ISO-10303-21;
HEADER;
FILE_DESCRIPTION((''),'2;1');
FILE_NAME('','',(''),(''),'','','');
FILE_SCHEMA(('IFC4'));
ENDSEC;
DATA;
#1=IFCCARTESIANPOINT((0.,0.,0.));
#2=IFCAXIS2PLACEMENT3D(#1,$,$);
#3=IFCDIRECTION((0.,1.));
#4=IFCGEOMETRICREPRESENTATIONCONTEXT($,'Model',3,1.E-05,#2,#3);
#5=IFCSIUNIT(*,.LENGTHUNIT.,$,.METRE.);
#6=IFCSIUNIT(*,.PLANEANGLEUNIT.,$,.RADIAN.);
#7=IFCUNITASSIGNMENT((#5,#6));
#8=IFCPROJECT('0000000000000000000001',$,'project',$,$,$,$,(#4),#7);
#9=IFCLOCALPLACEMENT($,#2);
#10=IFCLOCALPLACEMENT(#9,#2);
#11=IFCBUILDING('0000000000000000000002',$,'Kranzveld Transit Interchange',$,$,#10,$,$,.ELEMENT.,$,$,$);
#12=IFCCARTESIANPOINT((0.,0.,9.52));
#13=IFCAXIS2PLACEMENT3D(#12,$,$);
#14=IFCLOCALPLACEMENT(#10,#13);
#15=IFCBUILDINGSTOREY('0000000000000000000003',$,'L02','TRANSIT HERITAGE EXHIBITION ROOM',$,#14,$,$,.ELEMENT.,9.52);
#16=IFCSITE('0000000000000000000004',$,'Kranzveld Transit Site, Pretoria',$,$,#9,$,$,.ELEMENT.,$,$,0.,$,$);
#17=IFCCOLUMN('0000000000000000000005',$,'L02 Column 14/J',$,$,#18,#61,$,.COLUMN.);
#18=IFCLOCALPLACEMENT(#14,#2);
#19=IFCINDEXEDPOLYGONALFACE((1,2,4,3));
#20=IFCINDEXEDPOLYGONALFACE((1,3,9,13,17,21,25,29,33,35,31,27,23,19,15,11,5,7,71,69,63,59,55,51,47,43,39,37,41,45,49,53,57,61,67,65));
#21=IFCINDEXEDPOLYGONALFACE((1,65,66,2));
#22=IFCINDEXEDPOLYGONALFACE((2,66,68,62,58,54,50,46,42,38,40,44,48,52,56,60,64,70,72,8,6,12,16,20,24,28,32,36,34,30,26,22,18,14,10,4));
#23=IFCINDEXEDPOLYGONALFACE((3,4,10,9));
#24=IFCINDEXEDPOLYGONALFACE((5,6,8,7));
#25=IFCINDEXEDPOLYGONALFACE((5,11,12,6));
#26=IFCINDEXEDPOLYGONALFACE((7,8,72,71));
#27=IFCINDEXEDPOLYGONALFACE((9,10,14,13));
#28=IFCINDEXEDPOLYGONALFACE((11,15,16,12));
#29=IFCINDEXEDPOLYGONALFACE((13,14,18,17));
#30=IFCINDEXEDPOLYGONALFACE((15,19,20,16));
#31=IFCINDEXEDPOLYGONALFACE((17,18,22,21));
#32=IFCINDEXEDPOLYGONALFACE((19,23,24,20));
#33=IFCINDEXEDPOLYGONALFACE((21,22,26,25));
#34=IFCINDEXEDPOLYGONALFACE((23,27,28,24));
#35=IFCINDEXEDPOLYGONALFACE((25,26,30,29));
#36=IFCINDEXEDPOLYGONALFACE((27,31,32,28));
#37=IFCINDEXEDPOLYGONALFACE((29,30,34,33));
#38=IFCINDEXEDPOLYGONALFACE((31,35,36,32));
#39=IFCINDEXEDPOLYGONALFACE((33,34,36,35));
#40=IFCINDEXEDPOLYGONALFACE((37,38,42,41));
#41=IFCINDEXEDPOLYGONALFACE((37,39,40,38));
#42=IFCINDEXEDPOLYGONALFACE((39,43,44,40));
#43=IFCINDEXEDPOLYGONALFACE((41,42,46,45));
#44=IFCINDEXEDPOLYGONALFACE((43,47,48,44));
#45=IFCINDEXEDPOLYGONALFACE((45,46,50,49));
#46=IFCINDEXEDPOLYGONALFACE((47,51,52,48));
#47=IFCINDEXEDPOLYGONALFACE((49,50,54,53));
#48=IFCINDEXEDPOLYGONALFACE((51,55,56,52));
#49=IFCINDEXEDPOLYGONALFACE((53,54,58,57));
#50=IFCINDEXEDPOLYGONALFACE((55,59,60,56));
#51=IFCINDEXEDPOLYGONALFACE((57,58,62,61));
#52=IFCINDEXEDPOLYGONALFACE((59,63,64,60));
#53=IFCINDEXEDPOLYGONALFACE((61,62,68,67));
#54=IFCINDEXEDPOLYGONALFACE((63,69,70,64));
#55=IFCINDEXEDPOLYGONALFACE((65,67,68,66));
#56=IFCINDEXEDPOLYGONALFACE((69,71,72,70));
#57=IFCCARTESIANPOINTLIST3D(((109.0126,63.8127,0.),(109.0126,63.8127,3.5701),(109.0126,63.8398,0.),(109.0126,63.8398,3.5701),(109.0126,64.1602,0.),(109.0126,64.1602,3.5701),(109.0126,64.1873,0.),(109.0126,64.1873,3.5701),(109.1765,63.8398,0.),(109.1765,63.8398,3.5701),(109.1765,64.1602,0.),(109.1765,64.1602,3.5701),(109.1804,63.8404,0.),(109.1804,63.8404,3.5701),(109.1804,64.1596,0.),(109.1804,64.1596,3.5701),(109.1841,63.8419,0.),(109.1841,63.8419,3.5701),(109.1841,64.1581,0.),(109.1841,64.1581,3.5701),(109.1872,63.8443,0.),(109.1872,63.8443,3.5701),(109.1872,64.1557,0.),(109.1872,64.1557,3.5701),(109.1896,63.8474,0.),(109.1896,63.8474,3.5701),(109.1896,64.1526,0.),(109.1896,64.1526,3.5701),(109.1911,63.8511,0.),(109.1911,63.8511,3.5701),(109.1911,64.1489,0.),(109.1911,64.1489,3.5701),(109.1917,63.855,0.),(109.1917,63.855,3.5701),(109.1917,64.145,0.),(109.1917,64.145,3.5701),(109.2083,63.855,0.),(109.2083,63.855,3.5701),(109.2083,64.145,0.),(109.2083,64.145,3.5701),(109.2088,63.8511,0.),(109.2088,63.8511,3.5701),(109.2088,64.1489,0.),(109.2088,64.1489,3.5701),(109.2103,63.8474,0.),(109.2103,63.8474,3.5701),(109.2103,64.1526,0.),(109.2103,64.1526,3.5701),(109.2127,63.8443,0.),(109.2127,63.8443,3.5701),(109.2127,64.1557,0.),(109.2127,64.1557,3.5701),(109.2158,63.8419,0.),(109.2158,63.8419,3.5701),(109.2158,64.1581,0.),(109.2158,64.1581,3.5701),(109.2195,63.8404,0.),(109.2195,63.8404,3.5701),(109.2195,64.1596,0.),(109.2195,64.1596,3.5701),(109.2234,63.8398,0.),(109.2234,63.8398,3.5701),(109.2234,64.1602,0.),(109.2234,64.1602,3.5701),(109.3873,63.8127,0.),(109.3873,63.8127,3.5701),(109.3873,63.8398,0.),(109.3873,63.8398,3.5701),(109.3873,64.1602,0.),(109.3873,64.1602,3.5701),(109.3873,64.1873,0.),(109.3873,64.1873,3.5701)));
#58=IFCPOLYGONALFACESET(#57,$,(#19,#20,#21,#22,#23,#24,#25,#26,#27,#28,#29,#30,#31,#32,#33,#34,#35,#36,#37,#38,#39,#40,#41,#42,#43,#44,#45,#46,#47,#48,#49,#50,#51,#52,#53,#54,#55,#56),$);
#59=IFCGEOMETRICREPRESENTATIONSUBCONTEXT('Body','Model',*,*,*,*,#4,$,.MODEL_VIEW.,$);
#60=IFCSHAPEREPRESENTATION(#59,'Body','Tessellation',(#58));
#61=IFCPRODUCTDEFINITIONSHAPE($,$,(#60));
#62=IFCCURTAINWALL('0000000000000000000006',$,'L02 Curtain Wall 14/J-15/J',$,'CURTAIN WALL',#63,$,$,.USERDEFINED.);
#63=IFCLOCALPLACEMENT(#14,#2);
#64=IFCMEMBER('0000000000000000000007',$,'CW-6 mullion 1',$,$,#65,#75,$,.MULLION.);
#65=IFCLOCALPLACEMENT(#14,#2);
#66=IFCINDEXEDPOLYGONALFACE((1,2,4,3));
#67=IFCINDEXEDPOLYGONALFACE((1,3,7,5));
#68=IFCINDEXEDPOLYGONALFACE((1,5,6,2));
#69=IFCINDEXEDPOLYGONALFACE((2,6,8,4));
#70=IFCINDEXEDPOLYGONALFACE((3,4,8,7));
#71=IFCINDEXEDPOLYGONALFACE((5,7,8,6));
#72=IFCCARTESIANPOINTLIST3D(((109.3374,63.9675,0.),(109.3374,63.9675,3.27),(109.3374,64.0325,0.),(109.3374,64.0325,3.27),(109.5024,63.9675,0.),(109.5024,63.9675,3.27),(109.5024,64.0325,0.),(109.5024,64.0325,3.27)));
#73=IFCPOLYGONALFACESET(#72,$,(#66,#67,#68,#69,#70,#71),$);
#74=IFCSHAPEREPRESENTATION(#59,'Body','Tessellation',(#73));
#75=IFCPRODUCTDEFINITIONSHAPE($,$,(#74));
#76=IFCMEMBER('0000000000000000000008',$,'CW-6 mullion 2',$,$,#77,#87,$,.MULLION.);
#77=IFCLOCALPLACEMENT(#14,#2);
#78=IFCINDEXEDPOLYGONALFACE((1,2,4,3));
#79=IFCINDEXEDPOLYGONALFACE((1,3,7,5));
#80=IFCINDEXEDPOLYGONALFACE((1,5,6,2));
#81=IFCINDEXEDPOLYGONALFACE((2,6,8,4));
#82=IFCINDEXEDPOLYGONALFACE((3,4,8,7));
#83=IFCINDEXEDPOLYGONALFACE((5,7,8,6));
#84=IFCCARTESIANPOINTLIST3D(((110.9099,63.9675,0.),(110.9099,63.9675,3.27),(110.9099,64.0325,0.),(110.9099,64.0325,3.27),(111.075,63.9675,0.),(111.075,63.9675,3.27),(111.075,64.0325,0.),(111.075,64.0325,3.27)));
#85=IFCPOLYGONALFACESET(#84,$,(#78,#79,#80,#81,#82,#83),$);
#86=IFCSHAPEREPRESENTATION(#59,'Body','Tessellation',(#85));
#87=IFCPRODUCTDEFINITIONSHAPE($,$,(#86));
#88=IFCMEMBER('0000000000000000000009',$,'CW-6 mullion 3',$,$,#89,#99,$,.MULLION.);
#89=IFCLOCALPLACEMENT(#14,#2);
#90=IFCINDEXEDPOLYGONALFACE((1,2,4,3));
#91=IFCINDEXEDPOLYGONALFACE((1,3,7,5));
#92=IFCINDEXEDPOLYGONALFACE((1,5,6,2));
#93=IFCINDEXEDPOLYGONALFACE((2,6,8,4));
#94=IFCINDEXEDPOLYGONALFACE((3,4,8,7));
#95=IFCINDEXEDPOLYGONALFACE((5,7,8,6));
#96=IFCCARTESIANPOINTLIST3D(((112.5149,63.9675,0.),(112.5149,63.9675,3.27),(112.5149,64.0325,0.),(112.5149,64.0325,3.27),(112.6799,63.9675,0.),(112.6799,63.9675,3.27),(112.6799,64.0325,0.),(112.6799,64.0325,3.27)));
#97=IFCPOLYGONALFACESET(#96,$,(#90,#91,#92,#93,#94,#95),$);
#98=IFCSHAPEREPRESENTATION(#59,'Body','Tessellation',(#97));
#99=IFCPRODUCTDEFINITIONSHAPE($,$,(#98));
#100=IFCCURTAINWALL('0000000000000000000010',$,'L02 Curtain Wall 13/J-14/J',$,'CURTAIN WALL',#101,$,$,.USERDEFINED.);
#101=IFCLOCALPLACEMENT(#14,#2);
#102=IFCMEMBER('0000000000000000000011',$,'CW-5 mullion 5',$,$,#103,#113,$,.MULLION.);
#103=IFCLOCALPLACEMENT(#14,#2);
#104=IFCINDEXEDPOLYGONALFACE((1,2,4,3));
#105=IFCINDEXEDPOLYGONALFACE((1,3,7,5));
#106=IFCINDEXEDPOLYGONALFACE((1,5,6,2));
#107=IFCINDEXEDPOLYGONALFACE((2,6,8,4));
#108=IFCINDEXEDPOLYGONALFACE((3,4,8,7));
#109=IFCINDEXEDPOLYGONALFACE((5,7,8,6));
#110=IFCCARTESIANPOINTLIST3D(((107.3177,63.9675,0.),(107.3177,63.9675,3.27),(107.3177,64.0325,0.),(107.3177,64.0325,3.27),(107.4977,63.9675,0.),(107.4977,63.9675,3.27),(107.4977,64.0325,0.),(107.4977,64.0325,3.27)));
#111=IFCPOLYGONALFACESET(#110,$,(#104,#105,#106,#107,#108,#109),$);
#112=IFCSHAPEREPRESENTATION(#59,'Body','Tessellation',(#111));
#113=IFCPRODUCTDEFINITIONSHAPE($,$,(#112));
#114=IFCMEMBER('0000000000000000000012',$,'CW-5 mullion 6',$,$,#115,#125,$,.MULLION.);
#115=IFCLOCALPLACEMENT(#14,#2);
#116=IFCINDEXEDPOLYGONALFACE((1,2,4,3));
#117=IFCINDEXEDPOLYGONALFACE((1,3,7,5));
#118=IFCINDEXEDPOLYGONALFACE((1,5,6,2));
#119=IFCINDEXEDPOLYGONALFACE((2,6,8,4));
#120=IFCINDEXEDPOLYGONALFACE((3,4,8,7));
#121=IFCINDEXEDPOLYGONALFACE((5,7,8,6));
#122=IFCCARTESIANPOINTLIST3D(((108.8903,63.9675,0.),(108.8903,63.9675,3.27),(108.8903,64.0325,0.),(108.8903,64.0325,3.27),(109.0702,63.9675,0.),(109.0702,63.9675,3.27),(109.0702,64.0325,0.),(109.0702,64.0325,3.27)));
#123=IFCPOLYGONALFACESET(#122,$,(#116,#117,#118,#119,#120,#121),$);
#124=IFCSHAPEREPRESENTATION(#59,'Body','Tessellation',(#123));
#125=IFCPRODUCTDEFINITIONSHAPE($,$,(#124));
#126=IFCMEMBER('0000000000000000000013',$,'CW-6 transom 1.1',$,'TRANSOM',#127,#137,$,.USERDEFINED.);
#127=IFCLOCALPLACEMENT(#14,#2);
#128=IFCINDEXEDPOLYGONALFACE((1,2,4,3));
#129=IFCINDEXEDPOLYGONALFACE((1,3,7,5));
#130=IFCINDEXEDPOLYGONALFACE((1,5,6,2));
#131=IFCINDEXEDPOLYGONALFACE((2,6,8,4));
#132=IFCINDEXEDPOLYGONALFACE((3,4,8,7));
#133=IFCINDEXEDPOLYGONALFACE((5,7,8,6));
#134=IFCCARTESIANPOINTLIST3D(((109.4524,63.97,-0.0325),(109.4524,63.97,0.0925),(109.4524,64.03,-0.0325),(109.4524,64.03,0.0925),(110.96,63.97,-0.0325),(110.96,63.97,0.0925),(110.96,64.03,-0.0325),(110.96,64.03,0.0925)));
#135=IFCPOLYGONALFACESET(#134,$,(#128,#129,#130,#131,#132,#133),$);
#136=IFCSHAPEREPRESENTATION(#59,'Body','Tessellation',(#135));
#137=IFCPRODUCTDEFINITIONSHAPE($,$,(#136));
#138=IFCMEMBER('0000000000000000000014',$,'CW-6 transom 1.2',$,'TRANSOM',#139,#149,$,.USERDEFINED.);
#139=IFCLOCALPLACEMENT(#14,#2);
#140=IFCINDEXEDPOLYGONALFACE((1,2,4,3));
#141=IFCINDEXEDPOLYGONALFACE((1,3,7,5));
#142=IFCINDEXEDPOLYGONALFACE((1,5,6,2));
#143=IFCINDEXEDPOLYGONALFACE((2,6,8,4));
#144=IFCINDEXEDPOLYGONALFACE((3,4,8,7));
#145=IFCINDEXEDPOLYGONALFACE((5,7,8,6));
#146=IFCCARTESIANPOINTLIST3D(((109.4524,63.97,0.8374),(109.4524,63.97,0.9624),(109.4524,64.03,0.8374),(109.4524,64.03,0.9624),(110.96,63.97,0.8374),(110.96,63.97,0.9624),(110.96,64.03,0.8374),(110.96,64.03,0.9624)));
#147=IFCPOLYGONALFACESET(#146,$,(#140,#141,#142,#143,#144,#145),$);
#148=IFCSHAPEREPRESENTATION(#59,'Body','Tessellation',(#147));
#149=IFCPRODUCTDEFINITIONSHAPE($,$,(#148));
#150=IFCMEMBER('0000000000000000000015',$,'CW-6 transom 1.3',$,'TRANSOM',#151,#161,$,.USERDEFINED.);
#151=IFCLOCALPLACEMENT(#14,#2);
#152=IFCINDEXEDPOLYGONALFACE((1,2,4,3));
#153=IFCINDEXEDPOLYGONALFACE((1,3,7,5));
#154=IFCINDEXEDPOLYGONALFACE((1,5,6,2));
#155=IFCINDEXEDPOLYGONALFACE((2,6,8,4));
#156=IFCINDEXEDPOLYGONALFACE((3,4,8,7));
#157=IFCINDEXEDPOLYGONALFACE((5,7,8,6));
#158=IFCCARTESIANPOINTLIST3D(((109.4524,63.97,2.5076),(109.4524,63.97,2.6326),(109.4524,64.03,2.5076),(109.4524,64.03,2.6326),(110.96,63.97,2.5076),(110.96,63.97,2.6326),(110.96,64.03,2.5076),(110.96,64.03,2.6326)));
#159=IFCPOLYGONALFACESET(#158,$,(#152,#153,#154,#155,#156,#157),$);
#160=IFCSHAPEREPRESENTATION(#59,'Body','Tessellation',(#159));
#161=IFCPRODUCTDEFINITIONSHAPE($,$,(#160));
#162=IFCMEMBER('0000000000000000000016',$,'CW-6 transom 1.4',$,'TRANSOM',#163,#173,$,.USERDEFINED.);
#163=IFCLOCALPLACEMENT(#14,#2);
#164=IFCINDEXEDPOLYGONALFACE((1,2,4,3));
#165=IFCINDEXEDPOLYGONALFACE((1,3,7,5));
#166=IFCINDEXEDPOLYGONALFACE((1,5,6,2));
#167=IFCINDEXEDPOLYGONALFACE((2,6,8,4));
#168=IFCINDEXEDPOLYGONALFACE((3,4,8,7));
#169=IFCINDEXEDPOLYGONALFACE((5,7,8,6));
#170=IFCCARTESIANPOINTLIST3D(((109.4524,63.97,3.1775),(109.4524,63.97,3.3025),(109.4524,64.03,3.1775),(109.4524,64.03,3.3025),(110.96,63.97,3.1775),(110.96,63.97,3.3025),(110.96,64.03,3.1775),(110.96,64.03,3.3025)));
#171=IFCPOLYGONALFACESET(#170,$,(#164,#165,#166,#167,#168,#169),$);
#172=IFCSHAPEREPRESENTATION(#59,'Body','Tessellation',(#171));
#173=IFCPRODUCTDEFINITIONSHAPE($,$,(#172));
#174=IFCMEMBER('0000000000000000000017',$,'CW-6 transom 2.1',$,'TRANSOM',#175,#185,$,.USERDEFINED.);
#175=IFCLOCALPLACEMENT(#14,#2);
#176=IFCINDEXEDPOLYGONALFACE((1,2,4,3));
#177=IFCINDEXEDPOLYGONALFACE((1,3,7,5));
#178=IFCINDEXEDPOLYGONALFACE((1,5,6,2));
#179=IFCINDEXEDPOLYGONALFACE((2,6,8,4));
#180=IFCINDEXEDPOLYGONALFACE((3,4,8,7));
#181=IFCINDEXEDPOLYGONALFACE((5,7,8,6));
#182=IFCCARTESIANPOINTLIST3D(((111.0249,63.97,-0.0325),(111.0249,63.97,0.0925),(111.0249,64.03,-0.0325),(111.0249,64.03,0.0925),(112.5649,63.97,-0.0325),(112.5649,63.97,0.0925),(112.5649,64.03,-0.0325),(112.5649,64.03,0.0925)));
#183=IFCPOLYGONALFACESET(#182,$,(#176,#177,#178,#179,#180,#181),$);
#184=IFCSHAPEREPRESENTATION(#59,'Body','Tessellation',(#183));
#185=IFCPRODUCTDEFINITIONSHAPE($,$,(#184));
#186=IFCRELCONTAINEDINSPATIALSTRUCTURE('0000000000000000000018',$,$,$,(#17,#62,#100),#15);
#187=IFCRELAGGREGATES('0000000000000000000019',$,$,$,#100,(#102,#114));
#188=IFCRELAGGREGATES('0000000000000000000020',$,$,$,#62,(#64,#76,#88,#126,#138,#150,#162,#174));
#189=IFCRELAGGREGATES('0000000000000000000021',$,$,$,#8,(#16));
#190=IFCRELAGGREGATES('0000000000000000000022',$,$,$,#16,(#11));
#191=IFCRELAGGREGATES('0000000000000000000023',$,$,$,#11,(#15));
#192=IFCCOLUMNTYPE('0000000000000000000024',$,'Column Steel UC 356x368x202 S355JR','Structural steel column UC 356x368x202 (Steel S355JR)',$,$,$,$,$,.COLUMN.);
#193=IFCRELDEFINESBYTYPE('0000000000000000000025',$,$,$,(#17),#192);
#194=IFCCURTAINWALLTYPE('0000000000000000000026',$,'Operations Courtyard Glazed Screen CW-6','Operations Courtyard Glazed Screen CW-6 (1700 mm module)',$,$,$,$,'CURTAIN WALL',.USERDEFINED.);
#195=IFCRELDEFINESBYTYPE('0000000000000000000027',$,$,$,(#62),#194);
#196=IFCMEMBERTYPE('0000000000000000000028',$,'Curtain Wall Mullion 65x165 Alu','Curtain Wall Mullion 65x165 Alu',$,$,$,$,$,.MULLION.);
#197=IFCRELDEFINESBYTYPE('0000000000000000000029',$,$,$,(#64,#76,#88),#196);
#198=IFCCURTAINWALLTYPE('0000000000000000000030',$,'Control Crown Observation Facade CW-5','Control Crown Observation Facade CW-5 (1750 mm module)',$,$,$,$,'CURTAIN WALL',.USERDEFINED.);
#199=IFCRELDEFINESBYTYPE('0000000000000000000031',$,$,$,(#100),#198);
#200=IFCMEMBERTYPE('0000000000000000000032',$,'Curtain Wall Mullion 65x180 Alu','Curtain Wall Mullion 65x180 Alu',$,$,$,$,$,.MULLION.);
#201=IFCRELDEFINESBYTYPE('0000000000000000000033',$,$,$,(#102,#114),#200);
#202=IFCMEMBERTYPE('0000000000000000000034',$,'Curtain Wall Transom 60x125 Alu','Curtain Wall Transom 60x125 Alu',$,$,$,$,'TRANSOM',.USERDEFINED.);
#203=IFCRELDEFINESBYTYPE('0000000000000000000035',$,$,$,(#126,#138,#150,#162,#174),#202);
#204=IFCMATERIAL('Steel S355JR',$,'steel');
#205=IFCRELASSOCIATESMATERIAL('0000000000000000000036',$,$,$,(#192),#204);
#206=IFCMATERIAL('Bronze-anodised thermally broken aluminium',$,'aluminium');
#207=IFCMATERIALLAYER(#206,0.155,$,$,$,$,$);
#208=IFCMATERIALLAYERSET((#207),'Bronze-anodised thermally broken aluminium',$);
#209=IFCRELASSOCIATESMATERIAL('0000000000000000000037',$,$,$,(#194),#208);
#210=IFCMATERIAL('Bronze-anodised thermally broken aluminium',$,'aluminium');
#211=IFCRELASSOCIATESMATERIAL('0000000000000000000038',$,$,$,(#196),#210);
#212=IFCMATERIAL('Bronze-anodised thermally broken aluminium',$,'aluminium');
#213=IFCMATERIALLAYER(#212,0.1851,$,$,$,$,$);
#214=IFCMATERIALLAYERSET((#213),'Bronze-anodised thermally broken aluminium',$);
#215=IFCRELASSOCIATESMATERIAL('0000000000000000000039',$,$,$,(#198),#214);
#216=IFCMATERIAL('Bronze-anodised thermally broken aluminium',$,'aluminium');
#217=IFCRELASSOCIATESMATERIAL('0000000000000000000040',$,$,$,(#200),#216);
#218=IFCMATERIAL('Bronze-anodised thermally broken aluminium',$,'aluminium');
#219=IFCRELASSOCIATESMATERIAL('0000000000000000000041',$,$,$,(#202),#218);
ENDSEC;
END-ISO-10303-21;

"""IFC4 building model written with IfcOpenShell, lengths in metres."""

from ifc_helpers import new_model, si_unit, direction, frame, origin, origin_2d, place, context, subcontext, project, spatial, rectangle, i_section, extrude, material, layer, layer_set, material_profile, profile_set, type_object, element, aggregate, save


model = new_model("IFC4")

# Units and contexts
model_context = context("Model", 3, precision=1e-05, world=origin(), true_north=direction((0.0, 1.0)))
body_context = subcontext(model_context, "Body", "Model", "MODEL_VIEW")
ifc_project = project(units=[si_unit("LENGTHUNIT", "METRE"), si_unit("PLANEANGLEUNIT", "RADIAN")], contexts=[model_context])

# Site, building, storey
site_placement = place(None, origin())
site = spatial("IfcSite", under=ifc_project, at=site_placement, Name="Kranzveld Transit Site, Pretoria", CompositionType="ELEMENT", RefElevation=0.0)
building_placement = place(site_placement, origin())
building = spatial("IfcBuilding", under=site, at=building_placement, Name="Kranzveld Transit Interchange", CompositionType="ELEMENT")
storey_placement = place(building_placement, frame((0.0, 0.0, 9.52)))
storey = spatial("IfcBuildingStorey", under=building, at=storey_placement, Name="L02", Description="TRANSIT HERITAGE EXHIBITION ROOM", CompositionType="ELEMENT", Elevation=9.52)

# Column
ifc_material_1 = material(Name="Steel S355JR", Category="steel")
ifc_material_profile_1 = material_profile(ifc_material_1, i_section(OverallWidth=0.3748, OverallDepth=0.3745, WebThickness=0.0166, FlangeThickness=0.0271, FilletRadius=0.0151, at=origin_2d()), Name="UC 356x368x202")
ifc_profile_set_1 = profile_set([ifc_material_profile_1], Name="Steel S355JR")
column_type = type_object("IfcColumnType", Name="Column Steel UC 356x368x202 S355JR", Description="Structural steel column UC 356x368x202 (Steel S355JR)", PredefinedType="COLUMN", material=ifc_profile_set_1)
column_placement = place(storey_placement, frame((109.2, 64.0, 0.0), z_axis=(0.0, 0.0, 1.0), x_axis=(1.0, 0.0, 0.0)))
element("IfcColumn", 1, at=column_placement, inside=storey, type_object=column_type, Name="L02 Column 14/J", PredefinedType="COLUMN", context=body_context, shape_type="SweptSolid", body=[
    extrude(i_section(OverallWidth=0.3748, OverallDepth=0.3745, WebThickness=0.0166, FlangeThickness=0.0271, FilletRadius=0.0151, at=origin_2d()), origin(), (0.0, 0.0, 1.0), 3.5701),
])

# Curtain walls, members
ifc_material_2 = material(Name="Bronze-anodised thermally broken aluminium", Category="aluminium")
ifc_layer_1 = layer(ifc_material_2, 0.155)
ifc_layer_set_1 = layer_set([ifc_layer_1], Name="Bronze-anodised thermally broken aluminium")
curtain_wall_type_1 = type_object("IfcCurtainWallType", Name="Operations Courtyard Glazed Screen CW-6", Description="Operations Courtyard Glazed Screen CW-6 (1700 mm module)", ElementType="CURTAIN WALL", PredefinedType="USERDEFINED", material=ifc_layer_set_1)
curtain_wall_1_placement = place(storey_placement, origin())
curtain_wall_1 = element("IfcCurtainWall", 2, at=curtain_wall_1_placement, inside=storey, type_object=curtain_wall_type_1, Name="L02 Curtain Wall 14/J-15/J", ObjectType="CURTAIN WALL", PredefinedType="USERDEFINED")
ifc_material_3 = material(Name="Bronze-anodised thermally broken aluminium", Category="aluminium")
ifc_material_profile_2 = material_profile(ifc_material_3, rectangle(XDim=0.0649, YDim=0.165, at=origin_2d()), Name="ALU MULLION 65x165")
ifc_profile_set_2 = profile_set([ifc_material_profile_2], Name="Bronze-anodised thermally broken aluminium")
member_type_1 = type_object("IfcMemberType", Name="Curtain Wall Mullion 65x165 Alu", Description="Curtain Wall Mullion 65x165 Alu", PredefinedType="MULLION", material=ifc_profile_set_2)
member_1_placement = place(storey_placement, frame((109.4199, 64.0, 0.0), z_axis=(0.0, 0.0, 1.0), x_axis=(0.0, 1.0, 0.0)))
member_1 = element("IfcMember", 3, at=member_1_placement, type_object=member_type_1, Name="CW-6 mullion 1", PredefinedType="MULLION", context=body_context, shape_type="SweptSolid", body=[
    extrude(rectangle(XDim=0.0649, YDim=0.165, at=origin_2d()), origin(), (0.0, 0.0, 1.0), 3.27),
])
member_2_placement = place(storey_placement, frame((110.9924, 64.0, 0.0), z_axis=(0.0, 0.0, 1.0), x_axis=(0.0, 1.0, 0.0)))
member_2 = element("IfcMember", 4, at=member_2_placement, type_object=member_type_1, Name="CW-6 mullion 2", PredefinedType="MULLION", context=body_context, shape_type="SweptSolid", body=[
    extrude(rectangle(XDim=0.0649, YDim=0.165, at=origin_2d()), origin(), (0.0, 0.0, 1.0), 3.27),
])
member_3_placement = place(storey_placement, frame((112.5974, 64.0, 0.0), z_axis=(0.0, 0.0, 1.0), x_axis=(0.0, 1.0, 0.0)))
member_3 = element("IfcMember", 5, at=member_3_placement, type_object=member_type_1, Name="CW-6 mullion 3", PredefinedType="MULLION", context=body_context, shape_type="SweptSolid", body=[
    extrude(rectangle(XDim=0.0649, YDim=0.165, at=origin_2d()), origin(), (0.0, 0.0, 1.0), 3.27),
])
ifc_material_4 = material(Name="Bronze-anodised thermally broken aluminium", Category="aluminium")
ifc_layer_2 = layer(ifc_material_4, 0.1851)
ifc_layer_set_2 = layer_set([ifc_layer_2], Name="Bronze-anodised thermally broken aluminium")
curtain_wall_type_2 = type_object("IfcCurtainWallType", Name="Control Crown Observation Facade CW-5", Description="Control Crown Observation Facade CW-5 (1750 mm module)", ElementType="CURTAIN WALL", PredefinedType="USERDEFINED", material=ifc_layer_set_2)
curtain_wall_2_placement = place(storey_placement, origin())
curtain_wall_2 = element("IfcCurtainWall", 6, at=curtain_wall_2_placement, inside=storey, type_object=curtain_wall_type_2, Name="L02 Curtain Wall 13/J-14/J", ObjectType="CURTAIN WALL", PredefinedType="USERDEFINED")
ifc_material_5 = material(Name="Bronze-anodised thermally broken aluminium", Category="aluminium")
ifc_material_profile_3 = material_profile(ifc_material_5, rectangle(XDim=0.0649, YDim=0.1799, at=origin_2d()), Name="ALU MULLION 65x180")
ifc_profile_set_3 = profile_set([ifc_material_profile_3], Name="Bronze-anodised thermally broken aluminium")
member_type_2 = type_object("IfcMemberType", Name="Curtain Wall Mullion 65x180 Alu", Description="Curtain Wall Mullion 65x180 Alu", PredefinedType="MULLION", material=ifc_profile_set_3)
member_4_placement = place(storey_placement, frame((107.4077, 64.0, 0.0), z_axis=(0.0, 0.0, 1.0), x_axis=(0.0, 1.0, 0.0)))
member_4 = element("IfcMember", 7, at=member_4_placement, type_object=member_type_2, Name="CW-5 mullion 5", PredefinedType="MULLION", context=body_context, shape_type="SweptSolid", body=[
    extrude(rectangle(XDim=0.0649, YDim=0.1799, at=origin_2d()), origin(), (0.0, 0.0, 1.0), 3.27),
])
member_5_placement = place(storey_placement, frame((108.9802, 64.0, 0.0), z_axis=(0.0, 0.0, 1.0), x_axis=(0.0, 1.0, 0.0)))
member_5 = element("IfcMember", 8, at=member_5_placement, type_object=member_type_2, Name="CW-5 mullion 6", PredefinedType="MULLION", context=body_context, shape_type="SweptSolid", body=[
    extrude(rectangle(XDim=0.0649, YDim=0.1799, at=origin_2d()), origin(), (0.0, 0.0, 1.0), 3.27),
])

# Members
ifc_material_6 = material(Name="Bronze-anodised thermally broken aluminium", Category="aluminium")
ifc_material_profile_4 = material_profile(ifc_material_6, rectangle(XDim=0.0601, YDim=0.125, at=origin_2d()), Name="ALU TRANSOM 60x125")
ifc_profile_set_4 = profile_set([ifc_material_profile_4], Name="Bronze-anodised thermally broken aluminium")
member_type_3 = type_object("IfcMemberType", Name="Curtain Wall Transom 60x125 Alu", Description="Curtain Wall Transom 60x125 Alu", ElementType="TRANSOM", PredefinedType="USERDEFINED", material=ifc_profile_set_4)
member_6_placement = place(storey_placement, frame((109.4524, 64.0, 0.03), z_axis=(1.0, 0.0, 0.0), x_axis=(0.0, 1.0, 0.0)))
member_6 = element("IfcMember", 9, at=member_6_placement, type_object=member_type_3, Name="CW-6 transom 1.1", ObjectType="TRANSOM", PredefinedType="USERDEFINED", context=body_context, shape_type="SweptSolid", body=[
    extrude(rectangle(XDim=0.0601, YDim=0.125, at=origin_2d()), origin(), (0.0, 0.0, 1.0), 1.5076),
])
member_7_placement = place(storey_placement, frame((109.4524, 64.0, 0.8999), z_axis=(1.0, 0.0, 0.0), x_axis=(0.0, 1.0, 0.0)))
member_7 = element("IfcMember", 10, at=member_7_placement, type_object=member_type_3, Name="CW-6 transom 1.2", ObjectType="TRANSOM", PredefinedType="USERDEFINED", context=body_context, shape_type="SweptSolid", body=[
    extrude(rectangle(XDim=0.0601, YDim=0.125, at=origin_2d()), origin(), (0.0, 0.0, 1.0), 1.5076),
])
member_8_placement = place(storey_placement, frame((109.4524, 64.0, 2.5701), z_axis=(1.0, 0.0, 0.0), x_axis=(0.0, 1.0, 0.0)))
member_8 = element("IfcMember", 11, at=member_8_placement, type_object=member_type_3, Name="CW-6 transom 1.3", ObjectType="TRANSOM", PredefinedType="USERDEFINED", context=body_context, shape_type="SweptSolid", body=[
    extrude(rectangle(XDim=0.0601, YDim=0.125, at=origin_2d()), origin(), (0.0, 0.0, 1.0), 1.5076),
])
member_9_placement = place(storey_placement, frame((109.4524, 64.0, 3.24), z_axis=(1.0, 0.0, 0.0), x_axis=(0.0, 1.0, 0.0)))
member_9 = element("IfcMember", 12, at=member_9_placement, type_object=member_type_3, Name="CW-6 transom 1.4", ObjectType="TRANSOM", PredefinedType="USERDEFINED", context=body_context, shape_type="SweptSolid", body=[
    extrude(rectangle(XDim=0.0601, YDim=0.125, at=origin_2d()), origin(), (0.0, 0.0, 1.0), 1.5076),
])
member_10_placement = place(storey_placement, frame((111.0249, 64.0, 0.03), z_axis=(1.0, 0.0, 0.0), x_axis=(0.0, 1.0, 0.0)))
member_10 = element("IfcMember", 13, at=member_10_placement, type_object=member_type_3, Name="CW-6 transom 2.1", ObjectType="TRANSOM", PredefinedType="USERDEFINED", context=body_context, shape_type="SweptSolid", body=[
    extrude(rectangle(XDim=0.0601, YDim=0.125, at=origin_2d()), origin(), (0.0, 0.0, 1.0), 1.54),
])

aggregate(curtain_wall_2, [member_4, member_5])
aggregate(curtain_wall_1, [member_1, member_2, member_3, member_6, member_7, member_8, member_9, member_10])

save(model, "model.ifc")
